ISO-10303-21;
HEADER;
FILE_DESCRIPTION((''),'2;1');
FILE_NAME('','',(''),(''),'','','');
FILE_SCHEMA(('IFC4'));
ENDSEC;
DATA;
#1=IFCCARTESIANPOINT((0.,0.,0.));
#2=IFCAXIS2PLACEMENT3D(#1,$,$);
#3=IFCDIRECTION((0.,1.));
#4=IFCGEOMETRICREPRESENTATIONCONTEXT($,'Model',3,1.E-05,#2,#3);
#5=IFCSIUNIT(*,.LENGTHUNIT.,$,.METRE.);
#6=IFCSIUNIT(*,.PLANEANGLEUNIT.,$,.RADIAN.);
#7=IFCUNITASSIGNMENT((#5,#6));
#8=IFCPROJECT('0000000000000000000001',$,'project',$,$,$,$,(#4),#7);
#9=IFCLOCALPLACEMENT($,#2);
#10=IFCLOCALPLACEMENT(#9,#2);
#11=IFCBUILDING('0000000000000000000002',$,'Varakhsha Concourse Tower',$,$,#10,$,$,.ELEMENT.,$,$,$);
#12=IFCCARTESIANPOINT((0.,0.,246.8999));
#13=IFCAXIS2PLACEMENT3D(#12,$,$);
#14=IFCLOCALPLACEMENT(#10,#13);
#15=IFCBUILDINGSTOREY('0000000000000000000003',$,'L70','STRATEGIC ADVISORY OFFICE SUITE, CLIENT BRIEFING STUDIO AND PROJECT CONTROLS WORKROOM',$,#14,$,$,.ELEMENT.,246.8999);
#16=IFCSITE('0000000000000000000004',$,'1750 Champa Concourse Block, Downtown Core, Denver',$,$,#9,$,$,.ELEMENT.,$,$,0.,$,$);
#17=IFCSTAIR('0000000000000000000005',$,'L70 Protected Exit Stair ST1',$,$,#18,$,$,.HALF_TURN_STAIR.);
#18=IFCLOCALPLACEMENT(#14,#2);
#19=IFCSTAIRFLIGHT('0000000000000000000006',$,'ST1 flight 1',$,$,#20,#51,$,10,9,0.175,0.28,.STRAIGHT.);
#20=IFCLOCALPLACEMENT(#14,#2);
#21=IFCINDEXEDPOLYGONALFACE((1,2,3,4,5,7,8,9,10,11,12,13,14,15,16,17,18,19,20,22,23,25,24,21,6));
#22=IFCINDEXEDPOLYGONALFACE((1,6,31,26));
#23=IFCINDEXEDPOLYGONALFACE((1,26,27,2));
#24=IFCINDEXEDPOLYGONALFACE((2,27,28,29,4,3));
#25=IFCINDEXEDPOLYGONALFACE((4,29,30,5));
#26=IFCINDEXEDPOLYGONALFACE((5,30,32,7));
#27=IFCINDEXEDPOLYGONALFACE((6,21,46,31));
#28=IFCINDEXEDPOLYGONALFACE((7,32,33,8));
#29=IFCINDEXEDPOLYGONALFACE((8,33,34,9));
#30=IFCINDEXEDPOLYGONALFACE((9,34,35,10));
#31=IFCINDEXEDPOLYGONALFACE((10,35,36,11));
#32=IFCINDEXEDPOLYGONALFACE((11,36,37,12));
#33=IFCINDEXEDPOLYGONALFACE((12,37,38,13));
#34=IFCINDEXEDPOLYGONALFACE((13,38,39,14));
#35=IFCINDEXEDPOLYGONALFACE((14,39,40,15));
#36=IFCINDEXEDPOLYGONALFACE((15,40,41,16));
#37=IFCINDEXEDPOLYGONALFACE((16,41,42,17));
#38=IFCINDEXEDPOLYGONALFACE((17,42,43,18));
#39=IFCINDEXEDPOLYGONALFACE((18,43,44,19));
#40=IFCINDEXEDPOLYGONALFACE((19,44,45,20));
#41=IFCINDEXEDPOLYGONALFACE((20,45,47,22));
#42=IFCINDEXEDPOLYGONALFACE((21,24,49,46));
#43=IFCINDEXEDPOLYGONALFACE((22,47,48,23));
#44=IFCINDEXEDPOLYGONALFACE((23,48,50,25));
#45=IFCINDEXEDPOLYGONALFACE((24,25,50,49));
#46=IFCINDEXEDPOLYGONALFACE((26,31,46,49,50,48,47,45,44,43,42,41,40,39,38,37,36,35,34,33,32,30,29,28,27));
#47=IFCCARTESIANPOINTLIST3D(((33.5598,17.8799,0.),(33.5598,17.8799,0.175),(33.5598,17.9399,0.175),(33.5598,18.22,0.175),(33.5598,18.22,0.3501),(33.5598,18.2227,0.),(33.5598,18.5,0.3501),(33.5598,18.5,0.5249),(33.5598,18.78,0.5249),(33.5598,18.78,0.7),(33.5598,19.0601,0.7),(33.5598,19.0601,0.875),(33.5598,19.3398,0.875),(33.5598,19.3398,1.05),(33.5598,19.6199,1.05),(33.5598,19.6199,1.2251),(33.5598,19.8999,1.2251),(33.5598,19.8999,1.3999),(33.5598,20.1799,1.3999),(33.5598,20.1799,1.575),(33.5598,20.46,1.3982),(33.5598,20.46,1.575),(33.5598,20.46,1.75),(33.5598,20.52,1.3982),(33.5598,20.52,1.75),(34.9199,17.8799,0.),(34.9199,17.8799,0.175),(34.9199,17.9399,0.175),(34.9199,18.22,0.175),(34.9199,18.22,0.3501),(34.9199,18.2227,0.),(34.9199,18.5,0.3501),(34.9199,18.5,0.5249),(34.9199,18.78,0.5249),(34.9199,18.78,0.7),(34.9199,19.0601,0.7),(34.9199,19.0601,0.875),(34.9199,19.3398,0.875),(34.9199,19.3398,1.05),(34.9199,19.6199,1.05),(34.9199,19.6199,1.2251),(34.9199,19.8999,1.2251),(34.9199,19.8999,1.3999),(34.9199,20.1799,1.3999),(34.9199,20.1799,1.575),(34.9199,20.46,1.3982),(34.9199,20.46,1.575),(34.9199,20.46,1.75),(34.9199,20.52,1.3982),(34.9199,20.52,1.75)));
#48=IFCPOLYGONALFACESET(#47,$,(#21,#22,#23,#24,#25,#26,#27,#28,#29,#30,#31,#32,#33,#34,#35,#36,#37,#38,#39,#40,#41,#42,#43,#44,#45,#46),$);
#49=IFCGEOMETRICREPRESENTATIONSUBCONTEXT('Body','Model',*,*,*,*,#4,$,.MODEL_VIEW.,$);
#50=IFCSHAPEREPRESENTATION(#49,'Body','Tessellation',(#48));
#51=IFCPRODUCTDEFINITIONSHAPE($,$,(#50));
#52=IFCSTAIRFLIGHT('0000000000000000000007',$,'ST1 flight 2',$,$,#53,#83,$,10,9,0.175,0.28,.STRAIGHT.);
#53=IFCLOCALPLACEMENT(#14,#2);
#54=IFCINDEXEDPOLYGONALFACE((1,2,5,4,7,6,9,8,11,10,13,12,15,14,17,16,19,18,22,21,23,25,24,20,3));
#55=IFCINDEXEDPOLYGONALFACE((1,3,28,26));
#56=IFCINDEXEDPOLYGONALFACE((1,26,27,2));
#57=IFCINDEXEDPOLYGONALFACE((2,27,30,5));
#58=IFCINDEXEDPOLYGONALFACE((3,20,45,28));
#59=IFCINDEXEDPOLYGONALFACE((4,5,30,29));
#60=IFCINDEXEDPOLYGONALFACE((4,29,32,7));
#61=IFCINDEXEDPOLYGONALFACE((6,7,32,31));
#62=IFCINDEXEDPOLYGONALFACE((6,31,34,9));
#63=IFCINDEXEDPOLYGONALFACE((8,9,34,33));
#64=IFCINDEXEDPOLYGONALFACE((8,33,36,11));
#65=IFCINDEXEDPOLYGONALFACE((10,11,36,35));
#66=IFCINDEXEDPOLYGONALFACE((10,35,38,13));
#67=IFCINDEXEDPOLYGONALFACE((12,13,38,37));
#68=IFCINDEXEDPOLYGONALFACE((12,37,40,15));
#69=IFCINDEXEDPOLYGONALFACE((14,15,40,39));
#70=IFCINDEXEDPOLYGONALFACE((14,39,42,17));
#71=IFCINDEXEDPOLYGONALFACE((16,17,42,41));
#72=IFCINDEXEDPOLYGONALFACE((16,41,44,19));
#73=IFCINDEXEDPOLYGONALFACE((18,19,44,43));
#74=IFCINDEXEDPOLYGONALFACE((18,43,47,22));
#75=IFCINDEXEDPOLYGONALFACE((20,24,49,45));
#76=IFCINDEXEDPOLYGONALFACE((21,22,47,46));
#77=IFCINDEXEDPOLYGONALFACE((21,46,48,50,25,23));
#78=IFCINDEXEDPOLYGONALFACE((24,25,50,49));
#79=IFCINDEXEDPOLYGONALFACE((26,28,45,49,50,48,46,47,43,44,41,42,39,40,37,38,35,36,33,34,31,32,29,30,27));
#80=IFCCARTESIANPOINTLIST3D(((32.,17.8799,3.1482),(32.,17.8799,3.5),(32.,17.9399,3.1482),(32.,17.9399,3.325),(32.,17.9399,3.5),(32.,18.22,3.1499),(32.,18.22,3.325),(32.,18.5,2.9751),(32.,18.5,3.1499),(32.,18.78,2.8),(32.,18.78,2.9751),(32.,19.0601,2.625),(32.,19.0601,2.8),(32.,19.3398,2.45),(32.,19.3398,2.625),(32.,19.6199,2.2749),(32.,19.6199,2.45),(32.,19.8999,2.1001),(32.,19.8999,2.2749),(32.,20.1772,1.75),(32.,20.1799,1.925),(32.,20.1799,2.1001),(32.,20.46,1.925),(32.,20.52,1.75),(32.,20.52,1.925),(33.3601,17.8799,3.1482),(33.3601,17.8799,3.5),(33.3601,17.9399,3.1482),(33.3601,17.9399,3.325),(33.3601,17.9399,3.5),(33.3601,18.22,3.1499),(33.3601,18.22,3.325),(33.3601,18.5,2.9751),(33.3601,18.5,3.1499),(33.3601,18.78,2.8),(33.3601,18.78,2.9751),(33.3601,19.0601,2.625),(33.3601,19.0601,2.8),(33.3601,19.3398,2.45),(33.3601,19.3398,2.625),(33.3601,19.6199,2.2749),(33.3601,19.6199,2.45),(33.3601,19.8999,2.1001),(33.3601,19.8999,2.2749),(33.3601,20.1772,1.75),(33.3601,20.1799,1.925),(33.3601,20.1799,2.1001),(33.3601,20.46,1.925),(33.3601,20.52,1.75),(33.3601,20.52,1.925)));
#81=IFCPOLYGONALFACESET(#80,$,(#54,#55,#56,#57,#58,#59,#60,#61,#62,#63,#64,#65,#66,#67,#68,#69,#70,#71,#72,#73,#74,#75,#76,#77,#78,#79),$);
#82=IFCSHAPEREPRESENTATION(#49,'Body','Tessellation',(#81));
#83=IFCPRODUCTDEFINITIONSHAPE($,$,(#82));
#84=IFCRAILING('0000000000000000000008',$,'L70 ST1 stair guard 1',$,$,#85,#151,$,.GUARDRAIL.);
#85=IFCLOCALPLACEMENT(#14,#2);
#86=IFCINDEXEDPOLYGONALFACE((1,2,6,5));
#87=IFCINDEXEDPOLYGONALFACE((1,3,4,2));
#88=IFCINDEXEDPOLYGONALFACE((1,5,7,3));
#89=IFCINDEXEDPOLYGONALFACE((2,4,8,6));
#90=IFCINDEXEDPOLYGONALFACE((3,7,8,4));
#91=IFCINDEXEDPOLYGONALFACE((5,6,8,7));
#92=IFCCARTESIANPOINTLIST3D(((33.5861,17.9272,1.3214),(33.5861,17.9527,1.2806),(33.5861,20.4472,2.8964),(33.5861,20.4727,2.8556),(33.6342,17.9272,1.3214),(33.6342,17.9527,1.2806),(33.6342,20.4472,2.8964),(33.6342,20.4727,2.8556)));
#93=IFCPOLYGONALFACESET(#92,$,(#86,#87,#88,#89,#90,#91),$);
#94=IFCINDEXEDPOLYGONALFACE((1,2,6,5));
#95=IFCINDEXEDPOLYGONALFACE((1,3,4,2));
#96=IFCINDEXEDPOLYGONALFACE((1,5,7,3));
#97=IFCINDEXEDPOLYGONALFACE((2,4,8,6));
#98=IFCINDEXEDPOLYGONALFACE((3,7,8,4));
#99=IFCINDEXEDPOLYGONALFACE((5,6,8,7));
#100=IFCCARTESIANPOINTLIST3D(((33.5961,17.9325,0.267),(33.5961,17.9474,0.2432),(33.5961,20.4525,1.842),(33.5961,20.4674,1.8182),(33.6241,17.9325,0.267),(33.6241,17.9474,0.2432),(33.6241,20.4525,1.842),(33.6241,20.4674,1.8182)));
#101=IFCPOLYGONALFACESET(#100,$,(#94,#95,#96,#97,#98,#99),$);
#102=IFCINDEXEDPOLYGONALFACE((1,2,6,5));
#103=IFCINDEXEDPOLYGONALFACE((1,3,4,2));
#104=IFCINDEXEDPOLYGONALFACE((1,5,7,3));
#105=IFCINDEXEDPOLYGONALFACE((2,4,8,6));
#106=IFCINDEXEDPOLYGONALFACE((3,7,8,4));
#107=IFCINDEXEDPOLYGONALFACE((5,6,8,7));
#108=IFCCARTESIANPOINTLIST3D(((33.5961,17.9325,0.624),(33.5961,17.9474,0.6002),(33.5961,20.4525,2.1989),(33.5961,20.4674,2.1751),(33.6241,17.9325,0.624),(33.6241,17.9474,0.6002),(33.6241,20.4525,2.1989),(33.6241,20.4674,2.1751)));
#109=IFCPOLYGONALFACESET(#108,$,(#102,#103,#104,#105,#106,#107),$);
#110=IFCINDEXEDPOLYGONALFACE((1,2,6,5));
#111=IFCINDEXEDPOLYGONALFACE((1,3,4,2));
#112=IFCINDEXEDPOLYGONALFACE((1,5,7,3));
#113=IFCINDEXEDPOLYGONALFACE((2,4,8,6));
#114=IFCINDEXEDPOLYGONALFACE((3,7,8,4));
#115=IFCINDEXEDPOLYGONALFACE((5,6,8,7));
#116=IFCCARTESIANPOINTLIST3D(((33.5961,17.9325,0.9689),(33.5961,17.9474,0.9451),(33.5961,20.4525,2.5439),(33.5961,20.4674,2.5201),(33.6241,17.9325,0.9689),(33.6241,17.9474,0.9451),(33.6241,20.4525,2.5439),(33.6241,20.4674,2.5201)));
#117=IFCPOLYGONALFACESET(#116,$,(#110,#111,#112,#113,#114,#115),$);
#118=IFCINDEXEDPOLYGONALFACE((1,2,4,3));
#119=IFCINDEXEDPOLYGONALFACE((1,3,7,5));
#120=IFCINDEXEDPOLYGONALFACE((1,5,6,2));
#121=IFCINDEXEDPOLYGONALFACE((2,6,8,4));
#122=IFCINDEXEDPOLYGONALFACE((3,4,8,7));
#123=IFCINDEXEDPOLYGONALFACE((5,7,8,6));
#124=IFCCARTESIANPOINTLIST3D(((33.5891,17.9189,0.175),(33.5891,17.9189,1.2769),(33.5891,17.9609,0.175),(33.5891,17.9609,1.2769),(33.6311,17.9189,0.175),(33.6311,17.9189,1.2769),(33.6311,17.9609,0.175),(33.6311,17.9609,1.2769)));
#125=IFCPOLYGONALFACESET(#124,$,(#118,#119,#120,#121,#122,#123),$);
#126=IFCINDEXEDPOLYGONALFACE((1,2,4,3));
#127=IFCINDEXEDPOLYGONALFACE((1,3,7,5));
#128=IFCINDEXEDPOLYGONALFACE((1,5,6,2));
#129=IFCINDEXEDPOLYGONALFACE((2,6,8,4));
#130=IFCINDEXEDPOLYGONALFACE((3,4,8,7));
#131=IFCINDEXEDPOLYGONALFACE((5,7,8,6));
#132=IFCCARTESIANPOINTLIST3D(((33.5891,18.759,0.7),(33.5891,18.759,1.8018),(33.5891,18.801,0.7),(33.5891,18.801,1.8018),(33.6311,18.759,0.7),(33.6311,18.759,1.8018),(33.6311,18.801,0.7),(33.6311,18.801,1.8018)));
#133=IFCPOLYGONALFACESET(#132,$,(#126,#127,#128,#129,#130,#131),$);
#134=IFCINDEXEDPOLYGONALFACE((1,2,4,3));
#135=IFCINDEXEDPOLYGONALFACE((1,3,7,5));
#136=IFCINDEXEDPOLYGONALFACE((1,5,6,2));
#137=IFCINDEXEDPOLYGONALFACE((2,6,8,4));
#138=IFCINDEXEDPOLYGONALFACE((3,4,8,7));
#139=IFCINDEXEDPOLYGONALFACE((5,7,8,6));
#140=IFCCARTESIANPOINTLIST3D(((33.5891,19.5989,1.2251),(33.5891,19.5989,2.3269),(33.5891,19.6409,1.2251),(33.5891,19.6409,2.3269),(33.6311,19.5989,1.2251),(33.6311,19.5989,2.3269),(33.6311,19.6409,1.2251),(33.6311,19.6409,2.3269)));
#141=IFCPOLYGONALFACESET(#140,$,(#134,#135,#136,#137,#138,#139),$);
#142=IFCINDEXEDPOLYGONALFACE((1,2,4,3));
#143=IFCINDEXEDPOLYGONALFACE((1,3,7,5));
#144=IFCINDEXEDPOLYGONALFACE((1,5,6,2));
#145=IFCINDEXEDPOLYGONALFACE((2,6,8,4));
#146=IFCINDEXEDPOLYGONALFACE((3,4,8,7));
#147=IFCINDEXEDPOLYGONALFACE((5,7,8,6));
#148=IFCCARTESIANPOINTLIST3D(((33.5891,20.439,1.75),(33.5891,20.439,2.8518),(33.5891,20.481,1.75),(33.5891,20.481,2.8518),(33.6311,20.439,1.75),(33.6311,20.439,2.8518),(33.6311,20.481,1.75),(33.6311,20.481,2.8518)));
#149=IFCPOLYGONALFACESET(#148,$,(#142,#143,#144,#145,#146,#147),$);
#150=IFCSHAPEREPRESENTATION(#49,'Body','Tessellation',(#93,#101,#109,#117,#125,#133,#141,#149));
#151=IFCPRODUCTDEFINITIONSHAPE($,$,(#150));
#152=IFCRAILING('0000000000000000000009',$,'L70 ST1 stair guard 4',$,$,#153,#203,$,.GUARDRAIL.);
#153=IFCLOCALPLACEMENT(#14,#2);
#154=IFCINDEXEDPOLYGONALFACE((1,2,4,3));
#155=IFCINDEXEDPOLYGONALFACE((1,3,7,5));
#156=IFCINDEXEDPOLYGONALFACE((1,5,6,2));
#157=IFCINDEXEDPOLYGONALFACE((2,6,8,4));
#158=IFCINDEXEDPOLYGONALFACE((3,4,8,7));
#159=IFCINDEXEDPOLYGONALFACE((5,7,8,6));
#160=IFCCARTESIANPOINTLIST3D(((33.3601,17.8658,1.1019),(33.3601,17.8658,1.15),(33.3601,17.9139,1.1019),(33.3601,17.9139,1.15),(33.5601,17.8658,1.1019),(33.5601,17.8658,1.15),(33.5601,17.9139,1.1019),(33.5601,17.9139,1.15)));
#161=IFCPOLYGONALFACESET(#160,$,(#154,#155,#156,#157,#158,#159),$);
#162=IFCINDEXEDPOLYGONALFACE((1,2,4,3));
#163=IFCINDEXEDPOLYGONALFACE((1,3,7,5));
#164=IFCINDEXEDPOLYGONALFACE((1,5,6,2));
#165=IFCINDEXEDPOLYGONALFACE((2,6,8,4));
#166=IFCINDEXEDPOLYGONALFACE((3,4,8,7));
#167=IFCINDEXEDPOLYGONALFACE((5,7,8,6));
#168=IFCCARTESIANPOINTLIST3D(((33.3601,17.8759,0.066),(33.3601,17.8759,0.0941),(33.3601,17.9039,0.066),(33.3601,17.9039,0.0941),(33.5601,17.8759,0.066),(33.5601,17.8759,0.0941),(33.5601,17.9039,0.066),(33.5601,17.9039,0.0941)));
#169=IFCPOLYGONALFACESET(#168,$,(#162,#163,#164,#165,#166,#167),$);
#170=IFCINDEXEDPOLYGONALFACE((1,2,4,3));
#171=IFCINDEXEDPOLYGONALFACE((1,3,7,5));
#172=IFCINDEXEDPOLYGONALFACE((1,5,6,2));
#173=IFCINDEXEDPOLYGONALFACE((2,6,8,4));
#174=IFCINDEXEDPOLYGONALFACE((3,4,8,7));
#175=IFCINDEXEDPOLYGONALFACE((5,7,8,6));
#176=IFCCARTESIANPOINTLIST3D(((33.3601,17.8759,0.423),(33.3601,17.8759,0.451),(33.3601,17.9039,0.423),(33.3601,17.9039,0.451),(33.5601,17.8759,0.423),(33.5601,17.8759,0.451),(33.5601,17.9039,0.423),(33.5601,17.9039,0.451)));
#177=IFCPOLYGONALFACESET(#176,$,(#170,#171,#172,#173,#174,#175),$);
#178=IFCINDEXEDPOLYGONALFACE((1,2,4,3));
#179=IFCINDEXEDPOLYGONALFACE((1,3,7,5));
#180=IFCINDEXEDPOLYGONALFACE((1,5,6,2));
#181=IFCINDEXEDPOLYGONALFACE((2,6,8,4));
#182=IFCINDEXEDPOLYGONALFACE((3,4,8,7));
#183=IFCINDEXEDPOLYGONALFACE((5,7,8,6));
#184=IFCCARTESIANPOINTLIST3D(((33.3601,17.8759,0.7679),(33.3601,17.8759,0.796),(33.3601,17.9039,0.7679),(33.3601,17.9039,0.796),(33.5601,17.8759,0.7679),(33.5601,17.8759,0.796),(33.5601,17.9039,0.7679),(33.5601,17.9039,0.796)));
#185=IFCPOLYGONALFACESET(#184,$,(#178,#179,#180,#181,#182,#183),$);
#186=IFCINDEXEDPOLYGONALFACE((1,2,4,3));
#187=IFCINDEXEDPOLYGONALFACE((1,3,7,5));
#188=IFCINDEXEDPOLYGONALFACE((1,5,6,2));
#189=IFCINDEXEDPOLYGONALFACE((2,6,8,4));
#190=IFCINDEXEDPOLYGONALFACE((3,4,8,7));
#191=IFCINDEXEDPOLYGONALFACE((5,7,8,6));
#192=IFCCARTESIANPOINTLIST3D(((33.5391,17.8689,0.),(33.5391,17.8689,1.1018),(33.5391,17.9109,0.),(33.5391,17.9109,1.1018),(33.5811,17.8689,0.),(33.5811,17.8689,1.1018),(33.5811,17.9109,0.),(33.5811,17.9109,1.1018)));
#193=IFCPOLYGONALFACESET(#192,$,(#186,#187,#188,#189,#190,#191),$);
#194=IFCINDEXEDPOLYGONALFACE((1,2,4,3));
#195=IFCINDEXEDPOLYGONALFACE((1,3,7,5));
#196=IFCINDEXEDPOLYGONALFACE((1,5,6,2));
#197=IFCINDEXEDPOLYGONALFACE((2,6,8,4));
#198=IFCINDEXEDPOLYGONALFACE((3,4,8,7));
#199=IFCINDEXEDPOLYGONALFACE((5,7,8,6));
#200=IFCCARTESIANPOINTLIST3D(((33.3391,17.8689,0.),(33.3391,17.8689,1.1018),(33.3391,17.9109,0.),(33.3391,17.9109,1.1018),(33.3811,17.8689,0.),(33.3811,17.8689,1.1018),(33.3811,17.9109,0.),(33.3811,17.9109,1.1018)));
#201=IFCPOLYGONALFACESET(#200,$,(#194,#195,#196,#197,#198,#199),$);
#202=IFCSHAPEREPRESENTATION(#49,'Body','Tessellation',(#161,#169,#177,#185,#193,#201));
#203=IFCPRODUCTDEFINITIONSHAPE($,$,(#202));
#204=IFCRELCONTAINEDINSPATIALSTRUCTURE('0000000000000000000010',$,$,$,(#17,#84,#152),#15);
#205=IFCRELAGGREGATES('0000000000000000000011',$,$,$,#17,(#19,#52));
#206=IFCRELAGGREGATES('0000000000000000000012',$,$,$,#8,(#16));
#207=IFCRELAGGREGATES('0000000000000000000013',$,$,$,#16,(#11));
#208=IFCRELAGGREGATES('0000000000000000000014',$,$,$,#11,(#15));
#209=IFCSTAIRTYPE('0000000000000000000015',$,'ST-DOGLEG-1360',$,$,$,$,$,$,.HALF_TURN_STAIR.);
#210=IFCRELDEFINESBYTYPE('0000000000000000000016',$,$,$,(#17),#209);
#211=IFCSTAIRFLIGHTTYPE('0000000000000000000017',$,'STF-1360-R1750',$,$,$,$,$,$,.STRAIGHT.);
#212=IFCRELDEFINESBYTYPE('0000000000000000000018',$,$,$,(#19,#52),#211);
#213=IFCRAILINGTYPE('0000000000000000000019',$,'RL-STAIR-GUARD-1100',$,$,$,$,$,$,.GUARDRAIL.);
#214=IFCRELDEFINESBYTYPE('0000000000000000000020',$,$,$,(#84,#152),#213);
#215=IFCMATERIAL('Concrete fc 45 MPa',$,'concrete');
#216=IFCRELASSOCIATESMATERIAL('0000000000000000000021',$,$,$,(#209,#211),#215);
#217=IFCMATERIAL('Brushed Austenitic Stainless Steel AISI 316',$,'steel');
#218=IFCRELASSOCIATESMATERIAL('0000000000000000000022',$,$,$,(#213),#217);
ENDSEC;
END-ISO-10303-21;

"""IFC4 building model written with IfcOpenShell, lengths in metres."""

from ifc_helpers import new_model, si_unit, direction, frame, origin, origin_2d, place, context, subcontext, project, spatial, polyline, rectangle, outline, extrude, material, type_object, element, aggregate, save


model = new_model("IFC4")

# Units and contexts
model_context = context("Model", 3, precision=1e-05, world=origin(), true_north=direction((0.0, 1.0)))
body_context = subcontext(model_context, "Body", "Model", "MODEL_VIEW")
ifc_project = project(units=[si_unit("LENGTHUNIT", "METRE"), si_unit("PLANEANGLEUNIT", "RADIAN")], contexts=[model_context])

# Site, building, storey
site_placement = place(None, origin())
site = spatial("IfcSite", under=ifc_project, at=site_placement, Name="1750 Champa Concourse Block, Downtown Core, Denver", CompositionType="ELEMENT", RefElevation=0.0)
building_placement = place(site_placement, origin())
building = spatial("IfcBuilding", under=site, at=building_placement, Name="Varakhsha Concourse Tower", CompositionType="ELEMENT")
storey_placement = place(building_placement, frame((0.0, 0.0, 246.8999)))
storey = spatial("IfcBuildingStorey", under=building, at=storey_placement, Name="L70", Description="STRATEGIC ADVISORY OFFICE SUITE, CLIENT BRIEFING STUDIO AND PROJECT CONTROLS WORKROOM", CompositionType="ELEMENT", Elevation=246.8999)

# Shared definitions
ifc_material_1 = material(Name="Concrete fc 45 MPa", Category="concrete")

# Stair, stair flights
stair_type = type_object("IfcStairType", Name="ST-DOGLEG-1360", PredefinedType="HALF_TURN_STAIR", material=ifc_material_1)
stair_placement = place(storey_placement, origin())
stair = element("IfcStair", 1, at=stair_placement, inside=storey, type_object=stair_type, Name="L70 Protected Exit Stair ST1", PredefinedType="HALF_TURN_STAIR")
stair_flight_type = type_object("IfcStairFlightType", Name="STF-1360-R1750", PredefinedType="STRAIGHT", material=ifc_material_1)
stair_flight_1_placement = place(storey_placement, frame((34.24, 17.9399, 0.0), z_axis=(0.0, 0.0, 1.0), x_axis=(0.0, 1.0, 0.0)))
stair_flight_1 = element("IfcStairFlight", 2, at=stair_flight_1_placement, type_object=stair_flight_type, Name="ST1 flight 1", NumberOfRisers=10, NumberOfTreads=9, PredefinedType="STRAIGHT", RiserHeight=0.175, TreadLength=0.28, context=body_context, shape_type="SweptSolid", body=[
    extrude(outline(polyline([(-0.0601, 0.0), (-0.0601, 0.175), (0.0, 0.175), (0.28, 0.175), (0.28, 0.3501), (0.5601, 0.3501), (0.5601, 0.5249), (0.8401, 0.5249), (0.8401, 0.7), (1.1201, 0.7), (1.1201, 0.875), (1.3999, 0.875), (1.3999, 1.05), (1.6799, 1.05), (1.6799, 1.2251), (1.96, 1.2251), (1.96, 1.3999), (2.24, 1.3999), (2.24, 1.575), (2.52, 1.575), (2.52, 1.75), (2.5801, 1.75), (2.5801, 1.3982), (2.52, 1.3982), (0.2827, 0.0), (-0.0601, 0.0)])), frame((0.0, 0.6802, 0.0), z_axis=(0.0, -1.0, 0.0), x_axis=(1.0, 0.0, 0.0)), (0.0, 0.0, 1.0), 1.3601),
])
stair_flight_2_placement = place(storey_placement, frame((32.6799, 20.46, 1.75), z_axis=(0.0, 0.0, 1.0), x_axis=(0.0, -1.0, 0.0)))
stair_flight_2 = element("IfcStairFlight", 3, at=stair_flight_2_placement, type_object=stair_flight_type, Name="ST1 flight 2", NumberOfRisers=10, NumberOfTreads=9, PredefinedType="STRAIGHT", RiserHeight=0.175, TreadLength=0.28, context=body_context, shape_type="SweptSolid", body=[
    extrude(outline(polyline([(-0.0601, 0.0), (-0.0601, 0.175), (0.0, 0.175), (0.28, 0.175), (0.28, 0.3501), (0.5601, 0.3501), (0.5601, 0.5249), (0.8401, 0.5249), (0.8401, 0.7), (1.1201, 0.7), (1.1201, 0.875), (1.3999, 0.875), (1.3999, 1.05), (1.6799, 1.05), (1.6799, 1.2251), (1.96, 1.2251), (1.96, 1.3999), (2.24, 1.3999), (2.24, 1.575), (2.52, 1.575), (2.52, 1.75), (2.5801, 1.75), (2.5801, 1.3982), (2.52, 1.3982), (0.2827, 0.0), (-0.0601, 0.0)])), frame((0.0, 0.6802, 0.0), z_axis=(0.0, -1.0, 0.0), x_axis=(1.0, 0.0, 0.0)), (0.0, 0.0, 1.0), 1.3601),
])
aggregate(stair, [stair_flight_1, stair_flight_2])

# Railings
ifc_material_2 = material(Name="Brushed Austenitic Stainless Steel AISI 316", Category="steel")
railing_type_1 = type_object("IfcRailingType", Name="RL-STAIR-GUARD-1100", PredefinedType="GUARDRAIL", material=ifc_material_2)
railing_1_placement = place(storey_placement, frame((33.6101, 17.9399, 0.175)))
element("IfcRailing", 4, at=railing_1_placement, inside=storey, type_object=railing_type_1, Name="L70 ST1 stair guard 1", PredefinedType="GUARDRAIL", context=body_context, shape_type="SweptSolid", body=[
    extrude(rectangle(XDim=0.0481, YDim=0.0481, at=origin_2d()), frame((0.0, 0.0, 1.126), z_axis=(0.0, 0.848008, 0.529984), x_axis=(-1.0, 0.0, 0.0)), (0.0, 0.0, 1.0), 2.9717),
    extrude(rectangle(XDim=0.0281, YDim=0.0281, at=origin_2d()), frame((0.0, 0.0, 0.0801), z_axis=(0.0, 0.848008, 0.529984), x_axis=(-1.0, 0.0, 0.0)), (0.0, 0.0, 1.0), 2.9717),
    extrude(rectangle(XDim=0.0281, YDim=0.0281, at=origin_2d()), frame((0.0, 0.0, 0.437), z_axis=(0.0, 0.848008, 0.529984), x_axis=(-1.0, 0.0, 0.0)), (0.0, 0.0, 1.0), 2.9717),
    extrude(rectangle(XDim=0.0281, YDim=0.0281, at=origin_2d()), frame((0.0, 0.0, 0.782), z_axis=(0.0, 0.848008, 0.529984), x_axis=(-1.0, 0.0, 0.0)), (0.0, 0.0, 1.0), 2.9717),
    extrude(rectangle(XDim=0.042, YDim=0.042, at=origin_2d()), origin(), (0.0, 0.0, 1.0), 1.1018),
    extrude(rectangle(XDim=0.042, YDim=0.042, at=origin_2d()), frame((0.0, 0.8401, 0.5249)), (0.0, 0.0, 1.0), 1.1018),
    extrude(rectangle(XDim=0.042, YDim=0.042, at=origin_2d()), frame((0.0, 1.6799, 1.05)), (0.0, 0.0, 1.0), 1.1018),
    extrude(rectangle(XDim=0.042, YDim=0.042, at=origin_2d()), frame((0.0, 2.52, 1.575)), (0.0, 0.0, 1.0), 1.1018),
])
railing_2_placement = place(storey_placement, frame((33.5601, 17.8899, 0.0)))
element("IfcRailing", 5, at=railing_2_placement, inside=storey, type_object=railing_type_1, Name="L70 ST1 stair guard 4", PredefinedType="GUARDRAIL", context=body_context, shape_type="SweptSolid", body=[
    extrude(rectangle(XDim=0.0481, YDim=0.0481, at=origin_2d()), frame((0.0, 0.0, 1.126), z_axis=(-1.0, 0.0, 0.0), x_axis=(0.0, -1.0, 0.0)), (0.0, 0.0, 1.0), 0.2),
    extrude(rectangle(XDim=0.0281, YDim=0.0281, at=origin_2d()), frame((0.0, 0.0, 0.0801), z_axis=(-1.0, 0.0, 0.0), x_axis=(0.0, -1.0, 0.0)), (0.0, 0.0, 1.0), 0.2),
    extrude(rectangle(XDim=0.0281, YDim=0.0281, at=origin_2d()), frame((0.0, 0.0, 0.437), z_axis=(-1.0, 0.0, 0.0), x_axis=(0.0, -1.0, 0.0)), (0.0, 0.0, 1.0), 0.2),
    extrude(rectangle(XDim=0.0281, YDim=0.0281, at=origin_2d()), frame((0.0, 0.0, 0.782), z_axis=(-1.0, 0.0, 0.0), x_axis=(0.0, -1.0, 0.0)), (0.0, 0.0, 1.0), 0.2),
    extrude(rectangle(XDim=0.042, YDim=0.042, at=origin_2d()), origin(), (0.0, 0.0, 1.0), 1.1018),
    extrude(rectangle(XDim=0.042, YDim=0.042, at=origin_2d()), frame((-0.2, 0.0, 0.0)), (0.0, 0.0, 1.0), 1.1018),
])

save(model, "model.ifc")
